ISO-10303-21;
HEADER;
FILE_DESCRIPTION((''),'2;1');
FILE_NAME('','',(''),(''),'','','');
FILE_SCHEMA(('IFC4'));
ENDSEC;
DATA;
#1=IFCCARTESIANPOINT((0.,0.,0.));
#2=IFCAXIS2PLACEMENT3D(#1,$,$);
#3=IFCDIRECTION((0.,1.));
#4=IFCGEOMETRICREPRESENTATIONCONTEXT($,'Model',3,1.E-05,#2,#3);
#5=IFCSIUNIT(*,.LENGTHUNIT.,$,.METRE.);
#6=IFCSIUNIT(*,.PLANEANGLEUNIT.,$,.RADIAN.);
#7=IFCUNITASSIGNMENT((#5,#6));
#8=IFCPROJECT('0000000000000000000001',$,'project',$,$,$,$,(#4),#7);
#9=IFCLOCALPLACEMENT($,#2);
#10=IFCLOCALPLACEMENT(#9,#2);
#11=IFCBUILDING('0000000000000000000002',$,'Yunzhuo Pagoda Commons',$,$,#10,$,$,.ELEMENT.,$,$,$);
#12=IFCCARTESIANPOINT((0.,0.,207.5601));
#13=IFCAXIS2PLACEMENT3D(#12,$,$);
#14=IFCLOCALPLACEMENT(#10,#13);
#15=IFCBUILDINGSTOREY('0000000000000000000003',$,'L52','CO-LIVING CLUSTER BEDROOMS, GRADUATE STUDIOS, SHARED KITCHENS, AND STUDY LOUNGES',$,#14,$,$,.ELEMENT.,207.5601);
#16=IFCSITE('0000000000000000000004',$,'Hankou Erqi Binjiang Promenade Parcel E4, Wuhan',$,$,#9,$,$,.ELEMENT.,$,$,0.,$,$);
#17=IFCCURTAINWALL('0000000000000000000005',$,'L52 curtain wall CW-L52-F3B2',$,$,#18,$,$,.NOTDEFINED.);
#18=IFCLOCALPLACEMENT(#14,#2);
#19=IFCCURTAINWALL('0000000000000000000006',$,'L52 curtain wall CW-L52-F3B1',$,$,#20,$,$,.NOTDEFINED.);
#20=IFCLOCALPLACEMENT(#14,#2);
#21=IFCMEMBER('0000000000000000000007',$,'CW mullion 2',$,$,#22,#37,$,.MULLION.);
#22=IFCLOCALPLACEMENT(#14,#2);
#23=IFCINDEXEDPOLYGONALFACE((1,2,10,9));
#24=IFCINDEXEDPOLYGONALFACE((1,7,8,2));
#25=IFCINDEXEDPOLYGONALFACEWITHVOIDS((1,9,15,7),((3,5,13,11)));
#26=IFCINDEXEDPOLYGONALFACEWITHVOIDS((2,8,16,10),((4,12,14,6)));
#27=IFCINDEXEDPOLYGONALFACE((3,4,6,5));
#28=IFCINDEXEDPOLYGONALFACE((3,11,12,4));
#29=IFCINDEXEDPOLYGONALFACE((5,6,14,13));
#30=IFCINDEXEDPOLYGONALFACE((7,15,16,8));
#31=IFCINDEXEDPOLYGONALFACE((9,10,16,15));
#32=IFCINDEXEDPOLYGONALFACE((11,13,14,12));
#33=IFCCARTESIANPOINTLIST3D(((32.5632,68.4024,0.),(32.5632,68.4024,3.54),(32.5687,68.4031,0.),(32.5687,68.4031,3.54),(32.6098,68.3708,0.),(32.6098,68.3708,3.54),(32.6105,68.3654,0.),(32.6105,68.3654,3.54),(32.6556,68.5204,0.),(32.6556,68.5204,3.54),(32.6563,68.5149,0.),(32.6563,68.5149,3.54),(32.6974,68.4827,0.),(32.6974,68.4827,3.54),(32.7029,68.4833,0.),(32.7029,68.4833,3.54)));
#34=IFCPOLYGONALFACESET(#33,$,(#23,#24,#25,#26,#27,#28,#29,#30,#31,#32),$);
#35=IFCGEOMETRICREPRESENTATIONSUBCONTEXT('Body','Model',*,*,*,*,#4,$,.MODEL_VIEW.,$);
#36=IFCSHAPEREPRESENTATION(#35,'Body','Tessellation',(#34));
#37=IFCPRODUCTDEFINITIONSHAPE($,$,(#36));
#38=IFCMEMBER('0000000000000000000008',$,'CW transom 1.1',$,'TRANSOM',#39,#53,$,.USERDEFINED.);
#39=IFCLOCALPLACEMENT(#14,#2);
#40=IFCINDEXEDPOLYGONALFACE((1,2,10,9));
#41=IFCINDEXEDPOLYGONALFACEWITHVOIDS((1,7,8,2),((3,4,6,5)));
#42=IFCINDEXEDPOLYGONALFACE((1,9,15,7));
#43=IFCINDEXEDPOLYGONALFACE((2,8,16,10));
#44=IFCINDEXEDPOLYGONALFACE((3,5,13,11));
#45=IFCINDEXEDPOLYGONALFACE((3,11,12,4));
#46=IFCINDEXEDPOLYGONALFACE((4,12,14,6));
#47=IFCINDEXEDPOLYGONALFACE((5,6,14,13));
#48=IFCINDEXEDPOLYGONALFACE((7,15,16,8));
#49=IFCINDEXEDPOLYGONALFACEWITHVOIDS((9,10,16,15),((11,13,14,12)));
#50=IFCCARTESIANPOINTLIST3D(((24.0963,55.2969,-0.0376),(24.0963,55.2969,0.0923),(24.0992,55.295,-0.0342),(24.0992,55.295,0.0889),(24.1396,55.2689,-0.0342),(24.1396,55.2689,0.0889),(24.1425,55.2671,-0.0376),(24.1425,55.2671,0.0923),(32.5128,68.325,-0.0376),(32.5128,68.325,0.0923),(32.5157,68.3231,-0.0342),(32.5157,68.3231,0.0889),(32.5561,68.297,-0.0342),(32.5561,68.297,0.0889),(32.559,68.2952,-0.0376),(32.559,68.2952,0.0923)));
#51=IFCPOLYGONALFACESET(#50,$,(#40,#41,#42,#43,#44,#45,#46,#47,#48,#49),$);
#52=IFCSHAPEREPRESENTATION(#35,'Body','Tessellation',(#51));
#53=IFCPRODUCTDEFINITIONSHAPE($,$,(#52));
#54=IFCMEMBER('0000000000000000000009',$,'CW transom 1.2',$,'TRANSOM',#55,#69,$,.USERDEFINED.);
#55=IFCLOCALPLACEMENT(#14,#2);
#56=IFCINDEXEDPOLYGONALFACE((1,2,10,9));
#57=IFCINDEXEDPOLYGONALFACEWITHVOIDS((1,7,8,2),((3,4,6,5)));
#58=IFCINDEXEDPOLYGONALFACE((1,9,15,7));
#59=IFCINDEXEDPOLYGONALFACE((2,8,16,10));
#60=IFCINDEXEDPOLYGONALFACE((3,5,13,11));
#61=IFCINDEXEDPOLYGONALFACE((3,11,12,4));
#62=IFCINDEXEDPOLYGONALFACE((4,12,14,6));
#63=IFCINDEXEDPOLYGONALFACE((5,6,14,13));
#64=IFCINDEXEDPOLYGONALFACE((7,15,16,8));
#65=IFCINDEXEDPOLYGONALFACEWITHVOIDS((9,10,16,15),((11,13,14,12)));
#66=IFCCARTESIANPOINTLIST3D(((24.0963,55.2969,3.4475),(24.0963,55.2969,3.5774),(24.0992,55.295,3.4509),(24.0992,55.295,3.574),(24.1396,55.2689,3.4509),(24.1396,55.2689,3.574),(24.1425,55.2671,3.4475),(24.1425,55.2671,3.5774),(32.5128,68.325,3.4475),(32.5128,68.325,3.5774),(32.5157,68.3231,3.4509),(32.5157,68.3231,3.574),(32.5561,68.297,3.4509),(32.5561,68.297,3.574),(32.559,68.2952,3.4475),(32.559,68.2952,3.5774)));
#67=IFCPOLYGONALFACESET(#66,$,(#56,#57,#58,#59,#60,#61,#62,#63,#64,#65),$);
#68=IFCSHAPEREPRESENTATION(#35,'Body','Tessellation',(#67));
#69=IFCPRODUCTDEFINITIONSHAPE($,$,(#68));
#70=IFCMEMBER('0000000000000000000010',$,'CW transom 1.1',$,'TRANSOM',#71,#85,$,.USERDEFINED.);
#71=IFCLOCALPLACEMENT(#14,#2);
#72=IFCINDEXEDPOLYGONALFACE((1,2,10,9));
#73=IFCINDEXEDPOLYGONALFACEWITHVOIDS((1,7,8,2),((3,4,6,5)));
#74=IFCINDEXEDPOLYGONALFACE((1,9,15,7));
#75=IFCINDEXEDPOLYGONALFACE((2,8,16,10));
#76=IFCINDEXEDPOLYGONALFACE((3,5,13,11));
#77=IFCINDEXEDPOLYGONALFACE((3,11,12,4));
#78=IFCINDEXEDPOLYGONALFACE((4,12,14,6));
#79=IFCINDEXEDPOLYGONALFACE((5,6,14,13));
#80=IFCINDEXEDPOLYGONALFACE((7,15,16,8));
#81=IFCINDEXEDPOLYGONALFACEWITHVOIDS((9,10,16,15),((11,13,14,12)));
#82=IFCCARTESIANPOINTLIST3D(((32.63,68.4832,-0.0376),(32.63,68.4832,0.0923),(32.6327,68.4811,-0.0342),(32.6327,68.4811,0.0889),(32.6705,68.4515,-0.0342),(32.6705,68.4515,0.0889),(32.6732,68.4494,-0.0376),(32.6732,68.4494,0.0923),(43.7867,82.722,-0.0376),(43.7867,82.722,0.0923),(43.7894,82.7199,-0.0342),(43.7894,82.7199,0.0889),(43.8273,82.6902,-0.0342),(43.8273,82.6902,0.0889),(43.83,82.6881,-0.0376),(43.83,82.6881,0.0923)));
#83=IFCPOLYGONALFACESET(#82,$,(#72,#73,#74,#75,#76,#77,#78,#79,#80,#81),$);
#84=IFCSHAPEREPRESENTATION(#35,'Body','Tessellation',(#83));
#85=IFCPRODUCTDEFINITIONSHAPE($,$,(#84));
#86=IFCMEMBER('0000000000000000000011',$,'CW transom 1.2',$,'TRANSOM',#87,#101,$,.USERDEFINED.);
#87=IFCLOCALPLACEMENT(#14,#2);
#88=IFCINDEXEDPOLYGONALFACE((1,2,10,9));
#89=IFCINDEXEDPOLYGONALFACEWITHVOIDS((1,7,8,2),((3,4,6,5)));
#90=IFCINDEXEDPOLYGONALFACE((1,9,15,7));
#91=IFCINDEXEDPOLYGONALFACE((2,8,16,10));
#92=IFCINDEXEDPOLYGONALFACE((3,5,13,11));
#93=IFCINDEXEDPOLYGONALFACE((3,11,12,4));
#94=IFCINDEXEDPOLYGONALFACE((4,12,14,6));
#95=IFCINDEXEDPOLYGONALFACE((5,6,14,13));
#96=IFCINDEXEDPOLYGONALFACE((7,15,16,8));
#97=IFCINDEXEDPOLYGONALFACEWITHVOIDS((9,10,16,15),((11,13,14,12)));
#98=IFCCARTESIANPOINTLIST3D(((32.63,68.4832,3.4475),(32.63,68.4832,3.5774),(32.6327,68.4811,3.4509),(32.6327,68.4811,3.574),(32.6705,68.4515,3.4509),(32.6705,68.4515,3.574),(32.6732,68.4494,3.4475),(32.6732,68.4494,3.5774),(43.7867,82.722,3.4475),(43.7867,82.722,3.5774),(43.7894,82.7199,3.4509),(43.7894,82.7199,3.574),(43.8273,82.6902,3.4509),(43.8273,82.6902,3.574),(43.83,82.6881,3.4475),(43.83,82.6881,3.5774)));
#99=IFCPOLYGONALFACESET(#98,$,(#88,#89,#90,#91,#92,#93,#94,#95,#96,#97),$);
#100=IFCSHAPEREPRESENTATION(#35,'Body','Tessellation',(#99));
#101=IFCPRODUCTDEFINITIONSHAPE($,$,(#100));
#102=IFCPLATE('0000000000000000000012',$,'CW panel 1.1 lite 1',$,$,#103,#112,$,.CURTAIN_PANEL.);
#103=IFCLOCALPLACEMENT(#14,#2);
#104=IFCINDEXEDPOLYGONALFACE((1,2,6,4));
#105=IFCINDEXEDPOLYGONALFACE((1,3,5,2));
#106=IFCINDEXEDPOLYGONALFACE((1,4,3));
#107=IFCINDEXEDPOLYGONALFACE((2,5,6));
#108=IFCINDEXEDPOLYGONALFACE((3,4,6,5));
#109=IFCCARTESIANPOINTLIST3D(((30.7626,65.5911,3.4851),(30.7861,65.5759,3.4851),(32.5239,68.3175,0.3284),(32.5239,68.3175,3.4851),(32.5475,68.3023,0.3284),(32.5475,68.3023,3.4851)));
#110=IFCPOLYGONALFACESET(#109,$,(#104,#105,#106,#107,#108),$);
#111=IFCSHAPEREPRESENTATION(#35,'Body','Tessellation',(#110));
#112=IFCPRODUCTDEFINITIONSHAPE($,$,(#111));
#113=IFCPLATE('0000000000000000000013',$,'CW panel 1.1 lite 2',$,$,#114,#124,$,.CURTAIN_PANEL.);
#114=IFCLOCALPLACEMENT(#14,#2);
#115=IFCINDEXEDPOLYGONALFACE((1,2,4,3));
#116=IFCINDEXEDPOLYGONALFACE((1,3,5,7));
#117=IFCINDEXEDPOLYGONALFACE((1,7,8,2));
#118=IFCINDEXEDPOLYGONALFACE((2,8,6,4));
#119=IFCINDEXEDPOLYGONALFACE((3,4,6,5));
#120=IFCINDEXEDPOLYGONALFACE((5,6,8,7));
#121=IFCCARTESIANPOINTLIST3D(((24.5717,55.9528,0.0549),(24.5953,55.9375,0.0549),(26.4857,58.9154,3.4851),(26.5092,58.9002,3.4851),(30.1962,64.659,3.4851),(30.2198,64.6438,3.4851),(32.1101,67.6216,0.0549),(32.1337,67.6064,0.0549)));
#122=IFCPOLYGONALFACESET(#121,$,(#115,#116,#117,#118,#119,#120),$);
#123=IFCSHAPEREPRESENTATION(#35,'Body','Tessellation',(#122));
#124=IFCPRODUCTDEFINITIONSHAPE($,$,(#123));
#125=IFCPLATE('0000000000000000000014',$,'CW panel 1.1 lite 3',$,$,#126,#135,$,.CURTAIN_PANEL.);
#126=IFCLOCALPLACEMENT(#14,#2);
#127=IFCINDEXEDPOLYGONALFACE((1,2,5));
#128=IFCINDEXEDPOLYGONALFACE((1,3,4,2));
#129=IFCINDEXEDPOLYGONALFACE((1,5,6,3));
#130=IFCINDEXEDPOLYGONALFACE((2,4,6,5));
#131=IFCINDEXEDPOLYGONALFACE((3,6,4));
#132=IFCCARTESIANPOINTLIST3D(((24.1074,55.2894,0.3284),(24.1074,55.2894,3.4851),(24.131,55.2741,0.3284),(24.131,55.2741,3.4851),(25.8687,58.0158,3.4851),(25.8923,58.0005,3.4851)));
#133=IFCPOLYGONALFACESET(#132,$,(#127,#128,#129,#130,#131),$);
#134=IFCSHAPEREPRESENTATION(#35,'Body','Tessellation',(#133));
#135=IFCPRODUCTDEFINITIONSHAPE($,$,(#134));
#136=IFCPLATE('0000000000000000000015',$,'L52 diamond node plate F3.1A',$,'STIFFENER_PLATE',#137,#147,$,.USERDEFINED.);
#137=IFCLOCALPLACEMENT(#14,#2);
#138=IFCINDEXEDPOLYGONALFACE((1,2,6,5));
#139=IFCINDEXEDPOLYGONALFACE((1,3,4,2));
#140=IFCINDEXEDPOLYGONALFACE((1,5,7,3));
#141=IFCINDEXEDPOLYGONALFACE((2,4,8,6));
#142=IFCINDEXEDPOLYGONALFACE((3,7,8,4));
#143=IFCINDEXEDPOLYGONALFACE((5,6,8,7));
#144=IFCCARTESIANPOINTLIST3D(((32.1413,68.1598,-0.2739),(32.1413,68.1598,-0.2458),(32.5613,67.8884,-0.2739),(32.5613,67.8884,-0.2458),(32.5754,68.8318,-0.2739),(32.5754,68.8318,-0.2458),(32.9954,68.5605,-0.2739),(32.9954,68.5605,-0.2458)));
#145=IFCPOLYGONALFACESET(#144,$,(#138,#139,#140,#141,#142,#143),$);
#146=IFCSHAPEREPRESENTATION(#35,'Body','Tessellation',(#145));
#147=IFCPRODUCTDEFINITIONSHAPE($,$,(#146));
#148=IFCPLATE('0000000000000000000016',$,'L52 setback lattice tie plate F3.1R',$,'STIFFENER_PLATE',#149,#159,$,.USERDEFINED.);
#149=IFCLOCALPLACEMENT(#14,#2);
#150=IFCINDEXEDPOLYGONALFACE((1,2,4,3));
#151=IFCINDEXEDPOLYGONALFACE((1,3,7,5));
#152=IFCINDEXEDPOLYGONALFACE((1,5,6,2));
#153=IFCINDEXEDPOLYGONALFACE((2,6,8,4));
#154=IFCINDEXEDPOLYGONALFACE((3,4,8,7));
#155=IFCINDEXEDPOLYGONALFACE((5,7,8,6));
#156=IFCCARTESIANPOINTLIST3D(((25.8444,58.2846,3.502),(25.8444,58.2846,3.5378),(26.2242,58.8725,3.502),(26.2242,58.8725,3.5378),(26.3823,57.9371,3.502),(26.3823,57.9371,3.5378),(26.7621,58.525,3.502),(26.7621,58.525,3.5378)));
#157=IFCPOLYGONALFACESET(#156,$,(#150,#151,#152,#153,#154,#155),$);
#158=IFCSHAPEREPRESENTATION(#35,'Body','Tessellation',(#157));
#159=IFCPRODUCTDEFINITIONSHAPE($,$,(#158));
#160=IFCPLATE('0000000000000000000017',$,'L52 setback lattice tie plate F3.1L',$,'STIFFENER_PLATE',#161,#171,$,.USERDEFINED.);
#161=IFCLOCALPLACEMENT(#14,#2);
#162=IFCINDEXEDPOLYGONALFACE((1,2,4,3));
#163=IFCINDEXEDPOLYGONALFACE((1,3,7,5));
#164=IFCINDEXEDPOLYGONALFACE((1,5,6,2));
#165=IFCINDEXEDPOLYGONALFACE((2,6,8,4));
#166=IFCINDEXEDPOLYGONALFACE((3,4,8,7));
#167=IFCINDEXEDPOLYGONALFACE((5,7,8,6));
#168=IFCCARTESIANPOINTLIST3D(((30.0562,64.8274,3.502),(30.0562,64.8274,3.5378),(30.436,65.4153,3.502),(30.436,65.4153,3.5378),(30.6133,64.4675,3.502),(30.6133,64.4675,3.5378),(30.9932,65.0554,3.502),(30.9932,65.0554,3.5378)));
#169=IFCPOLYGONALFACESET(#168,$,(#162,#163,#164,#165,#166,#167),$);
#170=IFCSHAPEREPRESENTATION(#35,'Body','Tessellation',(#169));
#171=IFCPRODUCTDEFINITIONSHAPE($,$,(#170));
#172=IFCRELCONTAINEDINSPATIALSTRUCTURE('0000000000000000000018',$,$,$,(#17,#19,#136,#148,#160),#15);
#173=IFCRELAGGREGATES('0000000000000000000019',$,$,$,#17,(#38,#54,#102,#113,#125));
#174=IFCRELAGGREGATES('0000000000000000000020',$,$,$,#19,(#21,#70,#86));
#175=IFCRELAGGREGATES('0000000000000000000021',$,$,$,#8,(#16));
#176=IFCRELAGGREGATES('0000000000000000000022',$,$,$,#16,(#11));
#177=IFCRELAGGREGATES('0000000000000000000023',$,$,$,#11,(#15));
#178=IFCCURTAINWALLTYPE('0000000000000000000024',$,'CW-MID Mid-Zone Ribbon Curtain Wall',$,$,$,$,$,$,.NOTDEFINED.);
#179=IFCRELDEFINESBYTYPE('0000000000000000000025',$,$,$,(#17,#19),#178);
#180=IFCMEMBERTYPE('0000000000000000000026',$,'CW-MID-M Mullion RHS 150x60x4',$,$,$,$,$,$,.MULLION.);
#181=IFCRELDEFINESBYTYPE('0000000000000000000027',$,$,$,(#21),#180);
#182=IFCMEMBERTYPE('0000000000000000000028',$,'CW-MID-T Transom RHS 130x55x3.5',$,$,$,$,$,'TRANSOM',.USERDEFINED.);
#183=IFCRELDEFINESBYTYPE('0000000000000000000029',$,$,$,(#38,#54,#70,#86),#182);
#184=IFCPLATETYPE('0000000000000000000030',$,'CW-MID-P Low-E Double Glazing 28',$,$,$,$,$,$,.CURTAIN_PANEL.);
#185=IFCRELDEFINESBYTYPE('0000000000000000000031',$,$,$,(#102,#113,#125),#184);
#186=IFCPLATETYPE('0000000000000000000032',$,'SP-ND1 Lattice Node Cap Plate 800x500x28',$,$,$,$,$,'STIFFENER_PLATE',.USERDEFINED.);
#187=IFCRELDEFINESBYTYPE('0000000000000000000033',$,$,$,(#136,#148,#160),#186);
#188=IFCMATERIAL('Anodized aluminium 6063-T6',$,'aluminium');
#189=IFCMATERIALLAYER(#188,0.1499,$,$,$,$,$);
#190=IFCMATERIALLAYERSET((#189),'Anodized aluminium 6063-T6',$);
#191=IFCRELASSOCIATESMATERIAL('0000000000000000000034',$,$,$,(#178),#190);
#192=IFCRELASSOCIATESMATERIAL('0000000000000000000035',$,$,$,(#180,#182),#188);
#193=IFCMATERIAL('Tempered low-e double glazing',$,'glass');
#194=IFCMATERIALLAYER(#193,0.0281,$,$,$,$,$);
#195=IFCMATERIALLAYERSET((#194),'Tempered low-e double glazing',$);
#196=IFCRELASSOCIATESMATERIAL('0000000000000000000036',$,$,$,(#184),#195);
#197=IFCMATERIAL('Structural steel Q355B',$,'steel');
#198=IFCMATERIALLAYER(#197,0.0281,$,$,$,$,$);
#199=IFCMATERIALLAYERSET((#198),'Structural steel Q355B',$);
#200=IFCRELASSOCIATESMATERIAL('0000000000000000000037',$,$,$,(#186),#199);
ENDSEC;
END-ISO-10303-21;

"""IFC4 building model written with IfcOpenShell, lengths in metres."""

from ifc_helpers import new_model, si_unit, direction, frame, origin, origin_2d, place, context, subcontext, project, spatial, polyline, rectangle, hollow_rectangle, outline, extrude, source, transform, mapped, material, layer, layer_set, material_profile, profile_set, type_object, element, aggregate, save


model = new_model("IFC4")

# Units and contexts
model_context = context("Model", 3, precision=1e-05, world=origin(), true_north=direction((0.0, 1.0)))
body_context = subcontext(model_context, "Body", "Model", "MODEL_VIEW")
ifc_project = project(units=[si_unit("LENGTHUNIT", "METRE"), si_unit("PLANEANGLEUNIT", "RADIAN")], contexts=[model_context])

# Site, building, storey
site_placement = place(None, origin())
site = spatial("IfcSite", under=ifc_project, at=site_placement, Name="Hankou Erqi Binjiang Promenade Parcel E4, Wuhan", CompositionType="ELEMENT", RefElevation=0.0)
building_placement = place(site_placement, origin())
building = spatial("IfcBuilding", under=site, at=building_placement, Name="Yunzhuo Pagoda Commons", CompositionType="ELEMENT")
storey_placement = place(building_placement, frame((0.0, 0.0, 207.5601)))
storey = spatial("IfcBuildingStorey", under=building, at=storey_placement, Name="L52", Description="CO-LIVING CLUSTER BEDROOMS, GRADUATE STUDIOS, SHARED KITCHENS, AND STUDY LOUNGES", CompositionType="ELEMENT", Elevation=207.5601)

# Shared definitions
ifc_material_1 = material(Name="Structural steel Q355B", Category="steel")

# Curtain wall
ifc_material_2 = material(Name="Anodized aluminium 6063-T6", Category="aluminium")
ifc_layer_1 = layer(ifc_material_2, 0.1499)
ifc_layer_set_1 = layer_set([ifc_layer_1], Name="Anodized aluminium 6063-T6")
curtain_wall_type = type_object("IfcCurtainWallType", Name="CW-MID Mid-Zone Ribbon Curtain Wall", PredefinedType="NOTDEFINED", material=ifc_layer_set_1)
curtain_wall_1_placement = place(storey_placement, origin())
curtain_wall_1 = element("IfcCurtainWall", 1, at=curtain_wall_1_placement, inside=storey, type_object=curtain_wall_type, Name="L52 curtain wall CW-L52-F3B2", PredefinedType="NOTDEFINED")
ifc_material_profile_1 = material_profile(ifc_material_2, hollow_rectangle(XDim=0.0601, YDim=0.1499, WallThickness=0.0039, at=origin_2d()), Name="Anodized aluminium 6063-T6")
ifc_profile_set_1 = profile_set([ifc_material_profile_1], Name="Anodized aluminium 6063-T6")
member_type_1 = type_object("IfcMemberType", Name="CW-MID-M Mullion RHS 150x60x4", PredefinedType="MULLION", material=ifc_profile_set_1)
shared_shape_1 = source(origin(), body_context, "Body", "SweptSolid", [
    extrude(hollow_rectangle(XDim=0.0601, YDim=0.1499, WallThickness=0.0039, at=origin_2d()), origin(), (0.0, 0.0, 1.0), 3.54),
])

# Curtain wall, member
curtain_wall_2_placement = place(storey_placement, origin())
curtain_wall_2 = element("IfcCurtainWall", 2, at=curtain_wall_2_placement, inside=storey, type_object=curtain_wall_type, Name="L52 curtain wall CW-L52-F3B1", PredefinedType="NOTDEFINED")
member_1_placement = place(storey_placement, frame((32.6331, 68.4429, 0.0), z_axis=(0.0, 0.0, 1.0), x_axis=(0.78715, -0.616762, 0.0)))
member_1 = element("IfcMember", 3, at=member_1_placement, type_object=member_type_1, Name="CW mullion 2", PredefinedType="MULLION", context=body_context, shape_type="MappedRepresentation", body=[
    mapped(shared_shape_1, transform((0.0, 0.0, 0.0), scale=1.0)),
])

# Members
ifc_material_profile_2 = material_profile(ifc_material_2, hollow_rectangle(XDim=0.0549, YDim=0.1299, WallThickness=0.0034, at=origin_2d()), Name="Anodized aluminium 6063-T6")
ifc_profile_set_2 = profile_set([ifc_material_profile_2], Name="Anodized aluminium 6063-T6")
member_type_2 = type_object("IfcMemberType", Name="CW-MID-T Transom RHS 130x55x3.5", ElementType="TRANSOM", PredefinedType="USERDEFINED", material=ifc_profile_set_2)
shared_shape_2 = source(origin(), body_context, "Body", "SweptSolid", [
    extrude(hollow_rectangle(XDim=0.0549, YDim=0.1299, WallThickness=0.0034, at=origin_2d()), origin(), (0.0, 0.0, 1.0), 15.5103),
])
member_2_placement = place(storey_placement, frame((32.5359, 68.3101, 0.0273), z_axis=(-0.542641, -0.839965, 0.0), x_axis=(0.839965, -0.542641, 0.0)))
member_2 = element("IfcMember", 4, at=member_2_placement, type_object=member_type_2, Name="CW transom 1.1", ObjectType="TRANSOM", PredefinedType="USERDEFINED", context=body_context, shape_type="MappedRepresentation", body=[
    mapped(shared_shape_2, transform((0.0, 0.0, 0.0), scale=1.0)),
])
member_3_placement = place(storey_placement, frame((32.5359, 68.3101, 3.5125), z_axis=(-0.542641, -0.839965, 0.0), x_axis=(0.839965, -0.542641, 0.0)))
member_3 = element("IfcMember", 5, at=member_3_placement, type_object=member_type_2, Name="CW transom 1.2", ObjectType="TRANSOM", PredefinedType="USERDEFINED", context=body_context, shape_type="MappedRepresentation", body=[
    mapped(shared_shape_2, transform((0.0, 0.0, 0.0), scale=1.0)),
])
shared_shape_3 = source(origin(), body_context, "Body", "SweptSolid", [
    extrude(hollow_rectangle(XDim=0.0549, YDim=0.1299, WallThickness=0.0034, at=origin_2d()), origin(), (0.0, 0.0, 1.0), 18.0891),
])
member_4_placement = place(storey_placement, frame((43.8083, 82.7051, 0.0273), z_axis=(-0.616766, -0.787147, 0.0), x_axis=(0.787147, -0.616766, 0.0)))
member_4 = element("IfcMember", 6, at=member_4_placement, type_object=member_type_2, Name="CW transom 1.1", ObjectType="TRANSOM", PredefinedType="USERDEFINED", context=body_context, shape_type="MappedRepresentation", body=[
    mapped(shared_shape_3, transform((0.0, 0.0, 0.0), scale=1.0)),
])
member_5_placement = place(storey_placement, frame((43.8083, 82.7051, 3.5125), z_axis=(-0.616766, -0.787147, 0.0), x_axis=(0.787147, -0.616766, 0.0)))
member_5 = element("IfcMember", 7, at=member_5_placement, type_object=member_type_2, Name="CW transom 1.2", ObjectType="TRANSOM", PredefinedType="USERDEFINED", context=body_context, shape_type="MappedRepresentation", body=[
    mapped(shared_shape_3, transform((0.0, 0.0, 0.0), scale=1.0)),
])

# Plates
ifc_material_3 = material(Name="Tempered low-e double glazing", Category="glass")
ifc_layer_2 = layer(ifc_material_3, 0.0281)
ifc_layer_set_2 = layer_set([ifc_layer_2], Name="Tempered low-e double glazing")
plate_type_1 = type_object("IfcPlateType", Name="CW-MID-P Low-E Double Glazing 28", PredefinedType="CURTAIN_PANEL", material=ifc_layer_set_2)
plate_1_placement = place(storey_placement, frame((31.6667, 66.939, 1.9067), z_axis=(-0.839965, 0.54264, 0.0), x_axis=(-0.54264, -0.839965, 0.0)))
plate_1 = element("IfcPlate", 8, at=plate_1_placement, type_object=plate_type_1, Name="CW panel 1.1 lite 1", PredefinedType="CURTAIN_PANEL", context=body_context, shape_type="SweptSolid", body=[
    extrude(outline(polyline([(-1.623, -1.5784), (1.6228, 1.5784), (-1.623, 1.5784), (-1.623, -1.5784)])), origin(), (0.0, 0.0, 1.0), 0.0281),
])
plate_2_placement = place(storey_placement, frame((28.3645, 61.772, 1.77), z_axis=(-0.839965, 0.54264, 0.0), x_axis=(-0.54264, -0.839965, 0.0)))
plate_2 = element("IfcPlate", 9, at=plate_2_placement, type_object=plate_type_1, Name="CW panel 1.1 lite 2", PredefinedType="CURTAIN_PANEL", context=body_context, shape_type="SweptSolid", body=[
    extrude(outline(polyline([(-6.946, -1.7151), (6.946, -1.7151), (3.4189, 1.7151), (-3.4189, 1.7151), (-6.946, -1.7151)])), origin(), (0.0, 0.0, 1.0), 0.0281),
])
plate_3_placement = place(storey_placement, frame((25.0117, 56.6375, 1.9067), z_axis=(-0.839965, 0.54264, 0.0), x_axis=(-0.54264, -0.839965, 0.0)))
plate_3 = element("IfcPlate", 10, at=plate_3_placement, type_object=plate_type_1, Name="CW panel 1.1 lite 3", PredefinedType="CURTAIN_PANEL", context=body_context, shape_type="SweptSolid", body=[
    extrude(outline(polyline([(-1.6228, 1.5784), (1.623, -1.5784), (1.623, 1.5784), (-1.6228, 1.5784)])), origin(), (0.0, 0.0, 1.0), 0.0281),
])
aggregate(curtain_wall_1, [member_2, member_3, plate_1, plate_2, plate_3])

# Plates
ifc_layer_3 = layer(ifc_material_1, 0.0281)
ifc_layer_set_3 = layer_set([ifc_layer_3], Name="Structural steel Q355B")
plate_type_2 = type_object("IfcPlateType", Name="SP-ND1 Lattice Node Cap Plate 800x500x28", ElementType="STIFFENER_PLATE", PredefinedType="USERDEFINED", material=ifc_layer_set_3)
shared_shape_4 = source(origin(), body_context, "Body", "SweptSolid", [
    extrude(rectangle(XDim=0.8, YDim=0.5, at=origin_2d()), origin(), (0.0, 0.0, 1.0), 0.0281),
])
plate_4_placement = place(storey_placement, frame((32.5684, 68.3601, -0.2739), z_axis=(0.0, 0.0, 1.0), x_axis=(-0.542647, -0.839961, 0.0)))
element("IfcPlate", 11, at=plate_4_placement, inside=storey, type_object=plate_type_2, Name="L52 diamond node plate F3.1A", ObjectType="STIFFENER_PLATE", PredefinedType="USERDEFINED", context=body_context, shape_type="MappedRepresentation", body=[
    mapped(shared_shape_4, transform((0.0, 0.0, 0.0), scale=1.0)),
])
shared_shape_5 = source(origin(), body_context, "Body", "SweptSolid", [
    extrude(rectangle(XDim=0.7, YDim=0.6404, at=origin_2d()), origin(), (0.0, 0.0, 1.0), 0.0359),
])
plate_5_placement = place(storey_placement, frame((26.3032, 58.4048, 3.502), z_axis=(0.0, 0.0, 1.0), x_axis=(-0.542647, -0.839961, 0.0)))
element("IfcPlate", 12, at=plate_5_placement, inside=storey, type_object=plate_type_2, Name="L52 setback lattice tie plate F3.1R", ObjectType="STIFFENER_PLATE", PredefinedType="USERDEFINED", context=body_context, shape_type="MappedRepresentation", body=[
    mapped(shared_shape_5, transform((0.0, 0.0, 0.0), scale=1.0)),
])
shared_shape_6 = source(origin(), body_context, "Body", "SweptSolid", [
    extrude(rectangle(XDim=0.7, YDim=0.6633, at=origin_2d()), origin(), (0.0, 0.0, 1.0), 0.0359),
])
plate_6_placement = place(storey_placement, frame((30.5247, 64.9414, 3.502), z_axis=(0.0, 0.0, 1.0), x_axis=(-0.542647, -0.839961, 0.0)))
element("IfcPlate", 13, at=plate_6_placement, inside=storey, type_object=plate_type_2, Name="L52 setback lattice tie plate F3.1L", ObjectType="STIFFENER_PLATE", PredefinedType="USERDEFINED", context=body_context, shape_type="MappedRepresentation", body=[
    mapped(shared_shape_6, transform((0.0, 0.0, 0.0), scale=1.0)),
])

aggregate(curtain_wall_2, [member_1, member_4, member_5])

save(model, "model.ifc")
